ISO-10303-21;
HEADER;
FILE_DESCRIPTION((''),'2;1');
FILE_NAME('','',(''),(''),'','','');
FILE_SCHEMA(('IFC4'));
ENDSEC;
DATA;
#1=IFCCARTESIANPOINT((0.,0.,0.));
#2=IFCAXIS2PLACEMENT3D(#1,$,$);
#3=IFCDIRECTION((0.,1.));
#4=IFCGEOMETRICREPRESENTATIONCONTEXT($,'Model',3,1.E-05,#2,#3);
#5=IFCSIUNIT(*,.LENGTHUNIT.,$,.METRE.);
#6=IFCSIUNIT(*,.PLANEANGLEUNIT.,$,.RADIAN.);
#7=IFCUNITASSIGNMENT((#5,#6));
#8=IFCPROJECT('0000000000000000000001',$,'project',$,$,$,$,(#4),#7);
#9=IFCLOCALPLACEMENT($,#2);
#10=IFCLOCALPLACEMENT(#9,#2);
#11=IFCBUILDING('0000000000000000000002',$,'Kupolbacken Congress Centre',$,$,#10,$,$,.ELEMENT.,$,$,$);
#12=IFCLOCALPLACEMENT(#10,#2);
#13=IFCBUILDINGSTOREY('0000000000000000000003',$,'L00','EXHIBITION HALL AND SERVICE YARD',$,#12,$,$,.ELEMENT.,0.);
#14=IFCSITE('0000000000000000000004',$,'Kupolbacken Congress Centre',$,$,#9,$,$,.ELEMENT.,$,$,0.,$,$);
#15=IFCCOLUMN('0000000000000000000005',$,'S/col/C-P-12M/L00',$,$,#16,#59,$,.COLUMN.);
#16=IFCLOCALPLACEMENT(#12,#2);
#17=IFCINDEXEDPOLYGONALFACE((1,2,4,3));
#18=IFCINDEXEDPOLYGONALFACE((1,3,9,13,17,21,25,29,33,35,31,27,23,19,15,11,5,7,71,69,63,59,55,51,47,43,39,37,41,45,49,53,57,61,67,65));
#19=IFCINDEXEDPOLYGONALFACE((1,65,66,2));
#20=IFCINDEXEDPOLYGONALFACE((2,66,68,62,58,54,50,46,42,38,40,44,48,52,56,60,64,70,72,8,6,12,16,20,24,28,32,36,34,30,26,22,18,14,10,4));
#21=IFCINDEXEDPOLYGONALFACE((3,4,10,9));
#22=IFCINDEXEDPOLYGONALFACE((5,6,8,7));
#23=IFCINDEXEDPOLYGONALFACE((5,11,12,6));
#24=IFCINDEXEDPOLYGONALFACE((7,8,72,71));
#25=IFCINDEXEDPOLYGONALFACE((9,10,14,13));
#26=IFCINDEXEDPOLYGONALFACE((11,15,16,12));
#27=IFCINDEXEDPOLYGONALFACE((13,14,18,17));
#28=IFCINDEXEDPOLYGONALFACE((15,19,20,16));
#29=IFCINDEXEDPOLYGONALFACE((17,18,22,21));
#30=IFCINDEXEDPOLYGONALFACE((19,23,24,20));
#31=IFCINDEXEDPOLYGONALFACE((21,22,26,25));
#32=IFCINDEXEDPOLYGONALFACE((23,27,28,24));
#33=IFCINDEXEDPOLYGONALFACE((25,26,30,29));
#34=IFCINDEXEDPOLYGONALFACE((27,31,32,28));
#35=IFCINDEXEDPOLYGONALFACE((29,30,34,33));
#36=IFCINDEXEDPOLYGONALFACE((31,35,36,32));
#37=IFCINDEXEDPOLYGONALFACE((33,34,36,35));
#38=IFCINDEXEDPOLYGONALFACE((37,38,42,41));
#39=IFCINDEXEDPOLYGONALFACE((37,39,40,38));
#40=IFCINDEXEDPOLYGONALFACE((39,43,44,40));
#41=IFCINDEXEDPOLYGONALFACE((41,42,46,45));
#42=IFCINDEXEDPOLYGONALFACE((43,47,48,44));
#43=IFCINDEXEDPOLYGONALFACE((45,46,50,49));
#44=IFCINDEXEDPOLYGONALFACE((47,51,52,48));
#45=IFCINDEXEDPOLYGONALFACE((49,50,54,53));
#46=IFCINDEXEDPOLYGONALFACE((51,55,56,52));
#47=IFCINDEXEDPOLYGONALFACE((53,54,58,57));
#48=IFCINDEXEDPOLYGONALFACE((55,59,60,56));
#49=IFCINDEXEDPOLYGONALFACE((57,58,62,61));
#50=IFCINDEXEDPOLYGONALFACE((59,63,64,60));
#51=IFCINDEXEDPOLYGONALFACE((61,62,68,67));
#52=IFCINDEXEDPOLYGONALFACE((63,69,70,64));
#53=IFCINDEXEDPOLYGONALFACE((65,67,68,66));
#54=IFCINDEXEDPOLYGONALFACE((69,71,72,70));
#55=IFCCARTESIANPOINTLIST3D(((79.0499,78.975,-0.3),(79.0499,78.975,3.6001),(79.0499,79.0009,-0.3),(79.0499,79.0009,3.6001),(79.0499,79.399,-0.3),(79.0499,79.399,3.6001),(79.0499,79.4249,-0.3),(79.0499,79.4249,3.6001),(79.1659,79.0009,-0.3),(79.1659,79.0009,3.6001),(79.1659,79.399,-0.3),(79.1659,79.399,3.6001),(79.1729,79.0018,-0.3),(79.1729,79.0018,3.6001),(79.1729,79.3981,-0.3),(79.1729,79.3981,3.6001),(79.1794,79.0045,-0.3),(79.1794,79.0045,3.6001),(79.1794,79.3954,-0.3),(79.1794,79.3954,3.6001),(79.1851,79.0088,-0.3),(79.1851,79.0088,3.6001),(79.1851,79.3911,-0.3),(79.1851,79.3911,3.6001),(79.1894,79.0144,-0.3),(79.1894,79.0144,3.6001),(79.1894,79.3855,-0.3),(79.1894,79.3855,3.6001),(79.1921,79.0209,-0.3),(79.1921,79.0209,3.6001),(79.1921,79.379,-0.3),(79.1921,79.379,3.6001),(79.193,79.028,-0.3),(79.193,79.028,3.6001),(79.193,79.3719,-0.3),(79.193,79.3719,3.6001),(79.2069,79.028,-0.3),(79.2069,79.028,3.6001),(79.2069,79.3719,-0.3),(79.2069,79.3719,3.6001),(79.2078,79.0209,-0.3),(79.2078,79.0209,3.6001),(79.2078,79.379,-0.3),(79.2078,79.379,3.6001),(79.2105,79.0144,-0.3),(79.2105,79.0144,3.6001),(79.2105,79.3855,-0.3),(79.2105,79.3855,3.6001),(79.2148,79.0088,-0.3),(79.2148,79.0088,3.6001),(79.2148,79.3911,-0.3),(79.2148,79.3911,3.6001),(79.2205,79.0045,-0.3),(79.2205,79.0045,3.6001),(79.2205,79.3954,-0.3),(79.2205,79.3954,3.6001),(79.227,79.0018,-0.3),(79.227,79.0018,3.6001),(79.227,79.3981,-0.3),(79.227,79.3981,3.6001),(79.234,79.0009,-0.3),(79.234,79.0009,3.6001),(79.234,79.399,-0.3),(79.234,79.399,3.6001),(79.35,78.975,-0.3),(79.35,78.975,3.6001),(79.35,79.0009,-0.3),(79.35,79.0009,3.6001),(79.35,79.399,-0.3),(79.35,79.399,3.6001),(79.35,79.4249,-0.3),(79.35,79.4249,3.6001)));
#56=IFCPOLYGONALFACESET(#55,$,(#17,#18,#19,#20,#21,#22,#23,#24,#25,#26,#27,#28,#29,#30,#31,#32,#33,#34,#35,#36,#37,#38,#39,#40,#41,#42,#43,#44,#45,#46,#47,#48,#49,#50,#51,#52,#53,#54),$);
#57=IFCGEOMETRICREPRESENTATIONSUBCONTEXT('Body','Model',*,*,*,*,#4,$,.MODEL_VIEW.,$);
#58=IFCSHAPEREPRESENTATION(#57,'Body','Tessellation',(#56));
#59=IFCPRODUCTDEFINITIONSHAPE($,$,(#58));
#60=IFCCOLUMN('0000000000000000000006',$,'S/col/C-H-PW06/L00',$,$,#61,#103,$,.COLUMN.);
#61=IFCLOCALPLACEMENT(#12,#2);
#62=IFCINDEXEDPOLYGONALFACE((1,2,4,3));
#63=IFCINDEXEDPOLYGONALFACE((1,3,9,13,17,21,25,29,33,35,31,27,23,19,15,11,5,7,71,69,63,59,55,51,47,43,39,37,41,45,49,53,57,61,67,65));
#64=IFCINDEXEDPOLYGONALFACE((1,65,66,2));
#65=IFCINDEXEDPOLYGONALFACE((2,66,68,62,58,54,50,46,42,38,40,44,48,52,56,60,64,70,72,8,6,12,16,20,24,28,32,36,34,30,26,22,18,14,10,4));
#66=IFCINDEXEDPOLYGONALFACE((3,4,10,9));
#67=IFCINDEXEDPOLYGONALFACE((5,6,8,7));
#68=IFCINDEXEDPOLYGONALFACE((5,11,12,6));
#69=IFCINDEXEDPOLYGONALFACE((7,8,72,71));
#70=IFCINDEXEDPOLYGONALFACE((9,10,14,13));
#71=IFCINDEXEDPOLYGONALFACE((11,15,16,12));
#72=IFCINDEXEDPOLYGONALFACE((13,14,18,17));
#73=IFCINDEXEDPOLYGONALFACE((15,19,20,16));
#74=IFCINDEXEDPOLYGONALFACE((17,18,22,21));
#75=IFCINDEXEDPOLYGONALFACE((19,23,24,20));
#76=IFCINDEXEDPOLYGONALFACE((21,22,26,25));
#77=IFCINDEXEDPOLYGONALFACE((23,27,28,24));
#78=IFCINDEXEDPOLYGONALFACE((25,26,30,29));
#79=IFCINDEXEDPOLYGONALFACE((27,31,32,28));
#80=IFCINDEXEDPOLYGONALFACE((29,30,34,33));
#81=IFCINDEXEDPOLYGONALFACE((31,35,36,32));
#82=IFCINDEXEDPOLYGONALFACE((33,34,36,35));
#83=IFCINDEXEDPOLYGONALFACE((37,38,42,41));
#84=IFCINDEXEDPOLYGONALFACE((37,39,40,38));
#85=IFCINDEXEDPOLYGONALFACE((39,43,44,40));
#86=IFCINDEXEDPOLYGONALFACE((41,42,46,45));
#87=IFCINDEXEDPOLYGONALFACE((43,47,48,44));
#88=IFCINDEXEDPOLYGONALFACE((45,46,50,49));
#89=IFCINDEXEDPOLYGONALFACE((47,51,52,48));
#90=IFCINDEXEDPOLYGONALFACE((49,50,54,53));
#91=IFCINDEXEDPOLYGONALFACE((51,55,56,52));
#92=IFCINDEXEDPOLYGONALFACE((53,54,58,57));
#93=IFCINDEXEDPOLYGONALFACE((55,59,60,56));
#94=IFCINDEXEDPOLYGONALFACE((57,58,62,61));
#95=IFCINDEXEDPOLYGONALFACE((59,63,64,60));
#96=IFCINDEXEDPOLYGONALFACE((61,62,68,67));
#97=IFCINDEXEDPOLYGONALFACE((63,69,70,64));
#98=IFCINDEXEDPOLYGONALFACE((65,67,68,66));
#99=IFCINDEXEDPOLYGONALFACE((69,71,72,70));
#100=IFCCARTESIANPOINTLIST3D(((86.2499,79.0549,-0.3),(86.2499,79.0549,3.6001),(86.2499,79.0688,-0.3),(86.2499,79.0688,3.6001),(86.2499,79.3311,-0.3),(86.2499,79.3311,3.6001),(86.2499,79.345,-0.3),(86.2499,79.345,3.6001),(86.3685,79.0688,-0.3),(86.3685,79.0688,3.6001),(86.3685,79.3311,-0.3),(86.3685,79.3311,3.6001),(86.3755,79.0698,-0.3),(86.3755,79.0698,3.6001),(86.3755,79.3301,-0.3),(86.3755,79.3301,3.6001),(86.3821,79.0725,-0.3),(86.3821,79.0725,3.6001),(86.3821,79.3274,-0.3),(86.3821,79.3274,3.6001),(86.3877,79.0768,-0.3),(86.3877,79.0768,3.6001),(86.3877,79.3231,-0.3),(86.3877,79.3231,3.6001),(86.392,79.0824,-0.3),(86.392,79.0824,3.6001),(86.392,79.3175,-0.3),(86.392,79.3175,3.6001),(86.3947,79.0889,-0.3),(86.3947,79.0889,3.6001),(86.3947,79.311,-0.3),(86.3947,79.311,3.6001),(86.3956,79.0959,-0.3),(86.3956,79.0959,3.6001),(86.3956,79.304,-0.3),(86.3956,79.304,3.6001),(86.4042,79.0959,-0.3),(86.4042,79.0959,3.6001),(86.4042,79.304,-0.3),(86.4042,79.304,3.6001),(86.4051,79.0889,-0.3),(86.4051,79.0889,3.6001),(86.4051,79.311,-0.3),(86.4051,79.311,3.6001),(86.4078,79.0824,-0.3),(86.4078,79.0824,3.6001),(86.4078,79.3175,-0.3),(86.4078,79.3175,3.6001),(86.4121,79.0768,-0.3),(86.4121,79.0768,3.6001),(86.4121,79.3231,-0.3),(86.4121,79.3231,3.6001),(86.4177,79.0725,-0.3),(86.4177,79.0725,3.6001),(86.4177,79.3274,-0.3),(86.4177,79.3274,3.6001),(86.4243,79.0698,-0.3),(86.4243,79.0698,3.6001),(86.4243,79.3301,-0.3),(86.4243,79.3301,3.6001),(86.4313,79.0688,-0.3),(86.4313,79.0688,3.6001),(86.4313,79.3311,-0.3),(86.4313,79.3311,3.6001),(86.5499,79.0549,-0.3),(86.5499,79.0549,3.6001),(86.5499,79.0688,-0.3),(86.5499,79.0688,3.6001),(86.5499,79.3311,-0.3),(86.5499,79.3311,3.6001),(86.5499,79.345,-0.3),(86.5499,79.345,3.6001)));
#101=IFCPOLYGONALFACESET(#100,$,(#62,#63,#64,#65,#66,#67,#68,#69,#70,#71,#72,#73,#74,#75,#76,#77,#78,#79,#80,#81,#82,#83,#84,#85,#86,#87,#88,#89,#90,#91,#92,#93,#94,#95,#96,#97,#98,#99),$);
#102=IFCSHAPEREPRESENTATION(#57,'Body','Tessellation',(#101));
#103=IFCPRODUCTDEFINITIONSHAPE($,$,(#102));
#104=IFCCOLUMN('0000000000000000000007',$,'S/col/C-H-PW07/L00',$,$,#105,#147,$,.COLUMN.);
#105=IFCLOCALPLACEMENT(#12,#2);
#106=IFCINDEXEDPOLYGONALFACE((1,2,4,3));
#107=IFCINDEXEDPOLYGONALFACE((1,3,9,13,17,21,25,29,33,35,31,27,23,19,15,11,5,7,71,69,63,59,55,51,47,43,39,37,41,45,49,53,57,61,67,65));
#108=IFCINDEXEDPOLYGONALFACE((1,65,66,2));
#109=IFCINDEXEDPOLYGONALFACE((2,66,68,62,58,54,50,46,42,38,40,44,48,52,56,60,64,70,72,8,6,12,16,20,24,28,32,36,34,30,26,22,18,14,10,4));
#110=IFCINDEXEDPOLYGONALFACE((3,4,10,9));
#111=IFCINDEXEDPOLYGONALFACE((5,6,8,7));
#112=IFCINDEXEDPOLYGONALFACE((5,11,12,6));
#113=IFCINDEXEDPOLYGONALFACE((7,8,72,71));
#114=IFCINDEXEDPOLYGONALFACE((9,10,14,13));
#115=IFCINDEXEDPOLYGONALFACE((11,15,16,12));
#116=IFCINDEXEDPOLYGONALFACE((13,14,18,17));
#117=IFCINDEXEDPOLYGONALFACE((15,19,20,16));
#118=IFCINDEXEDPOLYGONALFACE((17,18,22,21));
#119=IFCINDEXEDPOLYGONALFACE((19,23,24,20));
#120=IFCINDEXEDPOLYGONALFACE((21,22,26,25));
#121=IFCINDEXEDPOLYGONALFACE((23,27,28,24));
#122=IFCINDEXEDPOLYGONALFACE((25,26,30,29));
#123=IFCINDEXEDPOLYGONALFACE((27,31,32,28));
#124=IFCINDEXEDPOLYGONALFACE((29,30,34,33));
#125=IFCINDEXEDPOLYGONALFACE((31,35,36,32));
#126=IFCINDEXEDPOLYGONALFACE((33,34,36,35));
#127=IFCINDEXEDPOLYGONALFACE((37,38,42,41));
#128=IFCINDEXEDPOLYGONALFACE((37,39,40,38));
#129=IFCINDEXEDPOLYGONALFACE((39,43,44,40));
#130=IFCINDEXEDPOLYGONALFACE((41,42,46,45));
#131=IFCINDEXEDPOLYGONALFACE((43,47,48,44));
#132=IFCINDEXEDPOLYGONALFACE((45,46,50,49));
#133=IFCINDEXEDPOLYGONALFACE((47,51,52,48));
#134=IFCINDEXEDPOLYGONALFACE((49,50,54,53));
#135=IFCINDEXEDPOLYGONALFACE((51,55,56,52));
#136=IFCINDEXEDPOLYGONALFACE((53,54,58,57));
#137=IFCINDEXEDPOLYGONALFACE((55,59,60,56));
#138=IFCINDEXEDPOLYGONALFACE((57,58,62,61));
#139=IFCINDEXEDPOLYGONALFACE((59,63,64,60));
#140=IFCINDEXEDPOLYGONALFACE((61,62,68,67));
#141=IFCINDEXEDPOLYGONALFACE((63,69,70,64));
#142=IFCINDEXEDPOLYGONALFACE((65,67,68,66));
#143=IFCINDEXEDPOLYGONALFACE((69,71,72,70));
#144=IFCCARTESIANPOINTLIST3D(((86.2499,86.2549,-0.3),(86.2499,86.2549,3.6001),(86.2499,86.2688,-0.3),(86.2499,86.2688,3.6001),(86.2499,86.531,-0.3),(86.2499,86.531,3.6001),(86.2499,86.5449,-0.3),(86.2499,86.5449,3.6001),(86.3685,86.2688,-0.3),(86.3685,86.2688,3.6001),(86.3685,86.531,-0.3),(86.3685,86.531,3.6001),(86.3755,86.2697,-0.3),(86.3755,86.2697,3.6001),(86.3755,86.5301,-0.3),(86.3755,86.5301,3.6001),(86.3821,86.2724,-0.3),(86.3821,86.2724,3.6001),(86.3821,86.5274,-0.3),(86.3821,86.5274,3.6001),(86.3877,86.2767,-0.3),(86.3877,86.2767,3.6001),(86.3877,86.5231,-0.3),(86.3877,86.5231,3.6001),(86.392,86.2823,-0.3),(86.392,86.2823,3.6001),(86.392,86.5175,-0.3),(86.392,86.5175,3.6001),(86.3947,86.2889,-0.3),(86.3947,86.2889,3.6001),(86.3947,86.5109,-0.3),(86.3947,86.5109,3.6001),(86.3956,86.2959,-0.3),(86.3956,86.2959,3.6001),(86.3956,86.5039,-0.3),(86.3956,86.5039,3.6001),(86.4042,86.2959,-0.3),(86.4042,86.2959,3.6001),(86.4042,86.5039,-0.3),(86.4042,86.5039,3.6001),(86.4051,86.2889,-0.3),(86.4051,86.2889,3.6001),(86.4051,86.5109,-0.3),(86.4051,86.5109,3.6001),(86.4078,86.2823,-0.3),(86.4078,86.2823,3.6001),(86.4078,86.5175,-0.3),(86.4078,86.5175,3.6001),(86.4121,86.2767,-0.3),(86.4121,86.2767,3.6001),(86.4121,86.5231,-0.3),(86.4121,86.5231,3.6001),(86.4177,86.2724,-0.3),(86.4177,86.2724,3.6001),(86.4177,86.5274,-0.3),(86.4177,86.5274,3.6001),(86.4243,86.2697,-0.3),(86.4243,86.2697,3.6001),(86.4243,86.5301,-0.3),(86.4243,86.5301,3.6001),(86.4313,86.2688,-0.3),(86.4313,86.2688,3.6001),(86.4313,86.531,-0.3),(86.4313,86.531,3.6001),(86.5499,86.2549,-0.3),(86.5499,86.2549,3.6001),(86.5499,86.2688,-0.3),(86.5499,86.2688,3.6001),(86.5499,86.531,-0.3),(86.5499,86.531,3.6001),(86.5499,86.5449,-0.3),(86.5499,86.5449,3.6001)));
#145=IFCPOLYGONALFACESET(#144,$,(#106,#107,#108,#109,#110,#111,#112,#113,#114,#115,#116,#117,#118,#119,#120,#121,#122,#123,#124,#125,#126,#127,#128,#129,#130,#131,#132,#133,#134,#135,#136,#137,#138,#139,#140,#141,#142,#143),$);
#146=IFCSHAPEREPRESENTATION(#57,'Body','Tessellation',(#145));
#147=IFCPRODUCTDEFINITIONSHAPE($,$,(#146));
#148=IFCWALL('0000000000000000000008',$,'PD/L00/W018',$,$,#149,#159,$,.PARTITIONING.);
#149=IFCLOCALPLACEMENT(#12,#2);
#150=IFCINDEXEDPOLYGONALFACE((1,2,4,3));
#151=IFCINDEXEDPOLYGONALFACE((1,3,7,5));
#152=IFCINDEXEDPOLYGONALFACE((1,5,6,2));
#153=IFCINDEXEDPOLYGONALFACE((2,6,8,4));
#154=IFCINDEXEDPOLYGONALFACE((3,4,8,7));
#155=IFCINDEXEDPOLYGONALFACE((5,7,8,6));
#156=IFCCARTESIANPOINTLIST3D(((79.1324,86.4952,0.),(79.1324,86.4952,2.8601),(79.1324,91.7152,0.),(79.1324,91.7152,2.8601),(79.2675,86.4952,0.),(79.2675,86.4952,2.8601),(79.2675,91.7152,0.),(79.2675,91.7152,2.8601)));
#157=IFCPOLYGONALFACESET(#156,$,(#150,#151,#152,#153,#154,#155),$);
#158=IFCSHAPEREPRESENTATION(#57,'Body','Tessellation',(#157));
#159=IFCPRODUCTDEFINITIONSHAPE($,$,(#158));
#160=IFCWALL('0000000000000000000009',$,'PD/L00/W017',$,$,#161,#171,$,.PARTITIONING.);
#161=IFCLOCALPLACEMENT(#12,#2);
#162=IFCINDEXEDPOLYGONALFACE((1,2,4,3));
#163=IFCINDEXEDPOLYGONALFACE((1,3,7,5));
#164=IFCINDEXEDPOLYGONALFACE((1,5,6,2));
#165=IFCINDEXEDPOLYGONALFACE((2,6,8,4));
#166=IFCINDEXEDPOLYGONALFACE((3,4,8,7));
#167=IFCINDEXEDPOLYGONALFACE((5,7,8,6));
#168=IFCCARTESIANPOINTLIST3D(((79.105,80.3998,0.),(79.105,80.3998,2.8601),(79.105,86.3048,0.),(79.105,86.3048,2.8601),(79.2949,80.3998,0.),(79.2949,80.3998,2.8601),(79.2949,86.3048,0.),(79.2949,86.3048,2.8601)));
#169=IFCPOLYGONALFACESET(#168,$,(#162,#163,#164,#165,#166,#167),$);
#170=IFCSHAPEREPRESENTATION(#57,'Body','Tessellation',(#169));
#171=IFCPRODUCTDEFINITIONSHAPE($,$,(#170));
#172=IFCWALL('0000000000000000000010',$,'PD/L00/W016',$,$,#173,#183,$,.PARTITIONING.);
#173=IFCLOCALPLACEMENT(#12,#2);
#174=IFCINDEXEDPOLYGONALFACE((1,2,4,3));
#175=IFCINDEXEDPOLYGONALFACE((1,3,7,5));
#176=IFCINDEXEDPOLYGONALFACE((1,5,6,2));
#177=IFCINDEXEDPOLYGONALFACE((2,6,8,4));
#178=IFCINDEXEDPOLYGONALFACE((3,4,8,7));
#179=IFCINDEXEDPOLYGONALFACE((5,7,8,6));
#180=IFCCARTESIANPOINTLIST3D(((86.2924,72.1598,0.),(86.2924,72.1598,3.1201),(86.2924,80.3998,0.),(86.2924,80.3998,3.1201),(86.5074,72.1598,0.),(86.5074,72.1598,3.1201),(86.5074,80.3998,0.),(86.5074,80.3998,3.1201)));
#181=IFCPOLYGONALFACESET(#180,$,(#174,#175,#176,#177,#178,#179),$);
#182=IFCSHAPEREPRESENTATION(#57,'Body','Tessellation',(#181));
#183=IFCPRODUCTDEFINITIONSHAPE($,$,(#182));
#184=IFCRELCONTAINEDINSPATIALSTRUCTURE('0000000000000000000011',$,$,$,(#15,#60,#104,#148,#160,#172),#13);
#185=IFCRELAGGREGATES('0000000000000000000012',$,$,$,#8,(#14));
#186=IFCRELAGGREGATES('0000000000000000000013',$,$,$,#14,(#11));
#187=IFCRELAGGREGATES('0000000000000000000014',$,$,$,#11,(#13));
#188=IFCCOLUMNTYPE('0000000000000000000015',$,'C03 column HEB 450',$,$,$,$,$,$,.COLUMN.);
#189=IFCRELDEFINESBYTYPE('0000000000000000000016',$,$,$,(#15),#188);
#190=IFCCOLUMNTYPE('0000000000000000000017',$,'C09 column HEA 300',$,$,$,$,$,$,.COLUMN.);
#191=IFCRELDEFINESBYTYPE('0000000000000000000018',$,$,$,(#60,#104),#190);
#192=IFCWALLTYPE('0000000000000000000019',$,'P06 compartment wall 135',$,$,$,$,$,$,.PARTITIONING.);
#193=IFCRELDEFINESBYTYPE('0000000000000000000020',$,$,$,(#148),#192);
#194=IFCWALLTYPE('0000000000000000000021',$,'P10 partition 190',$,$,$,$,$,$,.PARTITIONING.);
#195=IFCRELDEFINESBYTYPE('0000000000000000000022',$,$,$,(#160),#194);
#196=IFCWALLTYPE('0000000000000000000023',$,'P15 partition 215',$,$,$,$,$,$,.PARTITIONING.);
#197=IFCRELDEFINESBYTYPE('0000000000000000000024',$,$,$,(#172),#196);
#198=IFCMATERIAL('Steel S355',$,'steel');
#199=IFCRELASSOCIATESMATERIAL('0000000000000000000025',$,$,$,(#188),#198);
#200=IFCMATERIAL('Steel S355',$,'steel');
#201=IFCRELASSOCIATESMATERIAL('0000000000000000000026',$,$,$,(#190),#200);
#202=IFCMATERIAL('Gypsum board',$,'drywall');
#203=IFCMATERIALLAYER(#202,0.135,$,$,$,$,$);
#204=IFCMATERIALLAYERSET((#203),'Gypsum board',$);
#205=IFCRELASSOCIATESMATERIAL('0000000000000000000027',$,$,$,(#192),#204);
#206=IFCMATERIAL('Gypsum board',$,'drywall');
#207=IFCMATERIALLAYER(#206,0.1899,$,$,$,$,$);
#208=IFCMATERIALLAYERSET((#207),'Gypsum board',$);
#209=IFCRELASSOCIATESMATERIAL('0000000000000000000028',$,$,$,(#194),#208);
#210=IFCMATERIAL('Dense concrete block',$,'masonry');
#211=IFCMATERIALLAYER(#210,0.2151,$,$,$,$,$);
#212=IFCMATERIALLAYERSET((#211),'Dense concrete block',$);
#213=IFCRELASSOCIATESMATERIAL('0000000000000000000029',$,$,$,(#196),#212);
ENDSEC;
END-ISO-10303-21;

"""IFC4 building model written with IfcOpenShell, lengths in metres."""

from ifc_helpers import new_model, si_unit, direction, frame, frame_2d, origin, origin_2d, place, context, subcontext, project, spatial, rectangle, i_section, extrude, material, layer, layer_set, material_profile, profile_set, type_object, element, save


model = new_model("IFC4")

# Units and contexts
model_context = context("Model", 3, precision=1e-05, world=origin(), true_north=direction((0.0, 1.0)))
body_context = subcontext(model_context, "Body", "Model", "MODEL_VIEW")
ifc_project = project(units=[si_unit("LENGTHUNIT", "METRE"), si_unit("PLANEANGLEUNIT", "RADIAN")], contexts=[model_context])

# Site, building, storey
site_placement = place(None, origin())
site = spatial("IfcSite", under=ifc_project, at=site_placement, Name="Kupolbacken Congress Centre", CompositionType="ELEMENT", RefElevation=0.0)
building_placement = place(site_placement, origin())
building = spatial("IfcBuilding", under=site, at=building_placement, Name="Kupolbacken Congress Centre", CompositionType="ELEMENT")
storey_placement = place(building_placement, origin())
storey = spatial("IfcBuildingStorey", under=building, at=storey_placement, Name="L00", Description="EXHIBITION HALL AND SERVICE YARD", CompositionType="ELEMENT", Elevation=0.0)

# Columns
ifc_material_1 = material(Name="Steel S355", Category="steel")
ifc_material_profile_1 = material_profile(ifc_material_1, i_section(OverallWidth=0.3, OverallDepth=0.45, WebThickness=0.0139, FlangeThickness=0.0259, FilletRadius=0.0271, at=origin_2d()), Name="HEB 450")
ifc_profile_set_1 = profile_set([ifc_material_profile_1], Name="Steel S355")
column_type_1 = type_object("IfcColumnType", Name="C03 column HEB 450", PredefinedType="COLUMN", material=ifc_profile_set_1)
column_placement = place(storey_placement, frame((79.2, 79.2, -0.3), z_axis=(0.0, 0.0, 1.0), x_axis=(1.0, 0.0, 0.0)))
element("IfcColumn", 1, at=column_placement, inside=storey, type_object=column_type_1, Name="S/col/C-P-12M/L00", PredefinedType="COLUMN", context=body_context, shape_type="SweptSolid", body=[
    extrude(i_section(OverallWidth=0.3, OverallDepth=0.45, WebThickness=0.0139, FlangeThickness=0.0259, FilletRadius=0.0271, at=origin_2d()), origin(), (0.0, 0.0, 1.0), 3.9001),
])
ifc_material_2 = material(Name="Steel S355", Category="steel")
ifc_material_profile_2 = material_profile(ifc_material_2, i_section(OverallWidth=0.3, OverallDepth=0.29, WebThickness=0.0085, FlangeThickness=0.0139, FilletRadius=0.0271, at=origin_2d()), Name="HEA 300")
ifc_profile_set_2 = profile_set([ifc_material_profile_2], Name="Steel S355")
column_type_2 = type_object("IfcColumnType", Name="C09 column HEA 300", PredefinedType="COLUMN", material=ifc_profile_set_2)
for number, where, z_axis, x_axis, name in (
    (2, (86.3999, 79.2, -0.3), (0.0, 0.0, 1.0), (1.0, 0.0, 0.0), "S/col/C-H-PW06/L00"),
    (3, (86.3999, 86.3999, -0.3), (0.0, 0.0, 1.0), (1.0, 0.0, 0.0), "S/col/C-H-PW07/L00"),
):
    element("IfcColumn", number, at=place(storey_placement, frame(where, z_axis=z_axis, x_axis=x_axis)), inside=storey, type_object=column_type_2, Name=name, PredefinedType="COLUMN", context=body_context, shape_type="SweptSolid", body=[
        extrude(i_section(OverallWidth=0.3, OverallDepth=0.29, WebThickness=0.0085, FlangeThickness=0.0139, FilletRadius=0.0271, at=origin_2d()), origin(), (0.0, 0.0, 1.0), 3.9001),
    ])

# Walls
ifc_material_3 = material(Name="Gypsum board", Category="drywall")
ifc_layer_1 = layer(ifc_material_3, 0.135)
ifc_layer_set_1 = layer_set([ifc_layer_1], Name="Gypsum board")
wall_type_1 = type_object("IfcWallType", Name="P06 compartment wall 135", PredefinedType="PARTITIONING", material=ifc_layer_set_1)
wall_1_placement = place(storey_placement, frame((79.2, 91.7151, 0.0), z_axis=(0.0, 0.0, 1.0), x_axis=(0.0, -1.0, 0.0)))
element("IfcWall", 4, at=wall_1_placement, inside=storey, type_object=wall_type_1, Name="PD/L00/W018", PredefinedType="PARTITIONING", context=body_context, shape_type="SweptSolid", body=[
    extrude(rectangle(XDim=5.22, YDim=0.135, at=frame_2d((2.6099, 0.0))), origin(), (0.0, 0.0, 1.0), 2.8601),
])
ifc_material_4 = material(Name="Gypsum board", Category="drywall")
ifc_layer_2 = layer(ifc_material_4, 0.1899)
ifc_layer_set_2 = layer_set([ifc_layer_2], Name="Gypsum board")
wall_type_2 = type_object("IfcWallType", Name="P10 partition 190", PredefinedType="PARTITIONING", material=ifc_layer_set_2)
wall_2_placement = place(storey_placement, frame((79.2, 86.3049, 0.0), z_axis=(0.0, 0.0, 1.0), x_axis=(0.0, -1.0, 0.0)))
element("IfcWall", 5, at=wall_2_placement, inside=storey, type_object=wall_type_2, Name="PD/L00/W017", PredefinedType="PARTITIONING", context=body_context, shape_type="SweptSolid", body=[
    extrude(rectangle(XDim=5.905, YDim=0.1899, at=frame_2d((2.9526, 0.0))), origin(), (0.0, 0.0, 1.0), 2.8601),
])
ifc_material_5 = material(Name="Dense concrete block", Category="masonry")
ifc_layer_3 = layer(ifc_material_5, 0.2151)
ifc_layer_set_3 = layer_set([ifc_layer_3], Name="Dense concrete block")
wall_type_3 = type_object("IfcWallType", Name="P15 partition 215", PredefinedType="PARTITIONING", material=ifc_layer_set_3)
wall_3_placement = place(storey_placement, frame((86.3999, 80.3999, 0.0), z_axis=(0.0, 0.0, 1.0), x_axis=(0.0, -1.0, 0.0)))
element("IfcWall", 6, at=wall_3_placement, inside=storey, type_object=wall_type_3, Name="PD/L00/W016", PredefinedType="PARTITIONING", context=body_context, shape_type="SweptSolid", body=[
    extrude(rectangle(XDim=8.24, YDim=0.2151, at=frame_2d((4.1201, 0.0))), origin(), (0.0, 0.0, 1.0), 3.1201),
])

save(model, "model.ifc")
